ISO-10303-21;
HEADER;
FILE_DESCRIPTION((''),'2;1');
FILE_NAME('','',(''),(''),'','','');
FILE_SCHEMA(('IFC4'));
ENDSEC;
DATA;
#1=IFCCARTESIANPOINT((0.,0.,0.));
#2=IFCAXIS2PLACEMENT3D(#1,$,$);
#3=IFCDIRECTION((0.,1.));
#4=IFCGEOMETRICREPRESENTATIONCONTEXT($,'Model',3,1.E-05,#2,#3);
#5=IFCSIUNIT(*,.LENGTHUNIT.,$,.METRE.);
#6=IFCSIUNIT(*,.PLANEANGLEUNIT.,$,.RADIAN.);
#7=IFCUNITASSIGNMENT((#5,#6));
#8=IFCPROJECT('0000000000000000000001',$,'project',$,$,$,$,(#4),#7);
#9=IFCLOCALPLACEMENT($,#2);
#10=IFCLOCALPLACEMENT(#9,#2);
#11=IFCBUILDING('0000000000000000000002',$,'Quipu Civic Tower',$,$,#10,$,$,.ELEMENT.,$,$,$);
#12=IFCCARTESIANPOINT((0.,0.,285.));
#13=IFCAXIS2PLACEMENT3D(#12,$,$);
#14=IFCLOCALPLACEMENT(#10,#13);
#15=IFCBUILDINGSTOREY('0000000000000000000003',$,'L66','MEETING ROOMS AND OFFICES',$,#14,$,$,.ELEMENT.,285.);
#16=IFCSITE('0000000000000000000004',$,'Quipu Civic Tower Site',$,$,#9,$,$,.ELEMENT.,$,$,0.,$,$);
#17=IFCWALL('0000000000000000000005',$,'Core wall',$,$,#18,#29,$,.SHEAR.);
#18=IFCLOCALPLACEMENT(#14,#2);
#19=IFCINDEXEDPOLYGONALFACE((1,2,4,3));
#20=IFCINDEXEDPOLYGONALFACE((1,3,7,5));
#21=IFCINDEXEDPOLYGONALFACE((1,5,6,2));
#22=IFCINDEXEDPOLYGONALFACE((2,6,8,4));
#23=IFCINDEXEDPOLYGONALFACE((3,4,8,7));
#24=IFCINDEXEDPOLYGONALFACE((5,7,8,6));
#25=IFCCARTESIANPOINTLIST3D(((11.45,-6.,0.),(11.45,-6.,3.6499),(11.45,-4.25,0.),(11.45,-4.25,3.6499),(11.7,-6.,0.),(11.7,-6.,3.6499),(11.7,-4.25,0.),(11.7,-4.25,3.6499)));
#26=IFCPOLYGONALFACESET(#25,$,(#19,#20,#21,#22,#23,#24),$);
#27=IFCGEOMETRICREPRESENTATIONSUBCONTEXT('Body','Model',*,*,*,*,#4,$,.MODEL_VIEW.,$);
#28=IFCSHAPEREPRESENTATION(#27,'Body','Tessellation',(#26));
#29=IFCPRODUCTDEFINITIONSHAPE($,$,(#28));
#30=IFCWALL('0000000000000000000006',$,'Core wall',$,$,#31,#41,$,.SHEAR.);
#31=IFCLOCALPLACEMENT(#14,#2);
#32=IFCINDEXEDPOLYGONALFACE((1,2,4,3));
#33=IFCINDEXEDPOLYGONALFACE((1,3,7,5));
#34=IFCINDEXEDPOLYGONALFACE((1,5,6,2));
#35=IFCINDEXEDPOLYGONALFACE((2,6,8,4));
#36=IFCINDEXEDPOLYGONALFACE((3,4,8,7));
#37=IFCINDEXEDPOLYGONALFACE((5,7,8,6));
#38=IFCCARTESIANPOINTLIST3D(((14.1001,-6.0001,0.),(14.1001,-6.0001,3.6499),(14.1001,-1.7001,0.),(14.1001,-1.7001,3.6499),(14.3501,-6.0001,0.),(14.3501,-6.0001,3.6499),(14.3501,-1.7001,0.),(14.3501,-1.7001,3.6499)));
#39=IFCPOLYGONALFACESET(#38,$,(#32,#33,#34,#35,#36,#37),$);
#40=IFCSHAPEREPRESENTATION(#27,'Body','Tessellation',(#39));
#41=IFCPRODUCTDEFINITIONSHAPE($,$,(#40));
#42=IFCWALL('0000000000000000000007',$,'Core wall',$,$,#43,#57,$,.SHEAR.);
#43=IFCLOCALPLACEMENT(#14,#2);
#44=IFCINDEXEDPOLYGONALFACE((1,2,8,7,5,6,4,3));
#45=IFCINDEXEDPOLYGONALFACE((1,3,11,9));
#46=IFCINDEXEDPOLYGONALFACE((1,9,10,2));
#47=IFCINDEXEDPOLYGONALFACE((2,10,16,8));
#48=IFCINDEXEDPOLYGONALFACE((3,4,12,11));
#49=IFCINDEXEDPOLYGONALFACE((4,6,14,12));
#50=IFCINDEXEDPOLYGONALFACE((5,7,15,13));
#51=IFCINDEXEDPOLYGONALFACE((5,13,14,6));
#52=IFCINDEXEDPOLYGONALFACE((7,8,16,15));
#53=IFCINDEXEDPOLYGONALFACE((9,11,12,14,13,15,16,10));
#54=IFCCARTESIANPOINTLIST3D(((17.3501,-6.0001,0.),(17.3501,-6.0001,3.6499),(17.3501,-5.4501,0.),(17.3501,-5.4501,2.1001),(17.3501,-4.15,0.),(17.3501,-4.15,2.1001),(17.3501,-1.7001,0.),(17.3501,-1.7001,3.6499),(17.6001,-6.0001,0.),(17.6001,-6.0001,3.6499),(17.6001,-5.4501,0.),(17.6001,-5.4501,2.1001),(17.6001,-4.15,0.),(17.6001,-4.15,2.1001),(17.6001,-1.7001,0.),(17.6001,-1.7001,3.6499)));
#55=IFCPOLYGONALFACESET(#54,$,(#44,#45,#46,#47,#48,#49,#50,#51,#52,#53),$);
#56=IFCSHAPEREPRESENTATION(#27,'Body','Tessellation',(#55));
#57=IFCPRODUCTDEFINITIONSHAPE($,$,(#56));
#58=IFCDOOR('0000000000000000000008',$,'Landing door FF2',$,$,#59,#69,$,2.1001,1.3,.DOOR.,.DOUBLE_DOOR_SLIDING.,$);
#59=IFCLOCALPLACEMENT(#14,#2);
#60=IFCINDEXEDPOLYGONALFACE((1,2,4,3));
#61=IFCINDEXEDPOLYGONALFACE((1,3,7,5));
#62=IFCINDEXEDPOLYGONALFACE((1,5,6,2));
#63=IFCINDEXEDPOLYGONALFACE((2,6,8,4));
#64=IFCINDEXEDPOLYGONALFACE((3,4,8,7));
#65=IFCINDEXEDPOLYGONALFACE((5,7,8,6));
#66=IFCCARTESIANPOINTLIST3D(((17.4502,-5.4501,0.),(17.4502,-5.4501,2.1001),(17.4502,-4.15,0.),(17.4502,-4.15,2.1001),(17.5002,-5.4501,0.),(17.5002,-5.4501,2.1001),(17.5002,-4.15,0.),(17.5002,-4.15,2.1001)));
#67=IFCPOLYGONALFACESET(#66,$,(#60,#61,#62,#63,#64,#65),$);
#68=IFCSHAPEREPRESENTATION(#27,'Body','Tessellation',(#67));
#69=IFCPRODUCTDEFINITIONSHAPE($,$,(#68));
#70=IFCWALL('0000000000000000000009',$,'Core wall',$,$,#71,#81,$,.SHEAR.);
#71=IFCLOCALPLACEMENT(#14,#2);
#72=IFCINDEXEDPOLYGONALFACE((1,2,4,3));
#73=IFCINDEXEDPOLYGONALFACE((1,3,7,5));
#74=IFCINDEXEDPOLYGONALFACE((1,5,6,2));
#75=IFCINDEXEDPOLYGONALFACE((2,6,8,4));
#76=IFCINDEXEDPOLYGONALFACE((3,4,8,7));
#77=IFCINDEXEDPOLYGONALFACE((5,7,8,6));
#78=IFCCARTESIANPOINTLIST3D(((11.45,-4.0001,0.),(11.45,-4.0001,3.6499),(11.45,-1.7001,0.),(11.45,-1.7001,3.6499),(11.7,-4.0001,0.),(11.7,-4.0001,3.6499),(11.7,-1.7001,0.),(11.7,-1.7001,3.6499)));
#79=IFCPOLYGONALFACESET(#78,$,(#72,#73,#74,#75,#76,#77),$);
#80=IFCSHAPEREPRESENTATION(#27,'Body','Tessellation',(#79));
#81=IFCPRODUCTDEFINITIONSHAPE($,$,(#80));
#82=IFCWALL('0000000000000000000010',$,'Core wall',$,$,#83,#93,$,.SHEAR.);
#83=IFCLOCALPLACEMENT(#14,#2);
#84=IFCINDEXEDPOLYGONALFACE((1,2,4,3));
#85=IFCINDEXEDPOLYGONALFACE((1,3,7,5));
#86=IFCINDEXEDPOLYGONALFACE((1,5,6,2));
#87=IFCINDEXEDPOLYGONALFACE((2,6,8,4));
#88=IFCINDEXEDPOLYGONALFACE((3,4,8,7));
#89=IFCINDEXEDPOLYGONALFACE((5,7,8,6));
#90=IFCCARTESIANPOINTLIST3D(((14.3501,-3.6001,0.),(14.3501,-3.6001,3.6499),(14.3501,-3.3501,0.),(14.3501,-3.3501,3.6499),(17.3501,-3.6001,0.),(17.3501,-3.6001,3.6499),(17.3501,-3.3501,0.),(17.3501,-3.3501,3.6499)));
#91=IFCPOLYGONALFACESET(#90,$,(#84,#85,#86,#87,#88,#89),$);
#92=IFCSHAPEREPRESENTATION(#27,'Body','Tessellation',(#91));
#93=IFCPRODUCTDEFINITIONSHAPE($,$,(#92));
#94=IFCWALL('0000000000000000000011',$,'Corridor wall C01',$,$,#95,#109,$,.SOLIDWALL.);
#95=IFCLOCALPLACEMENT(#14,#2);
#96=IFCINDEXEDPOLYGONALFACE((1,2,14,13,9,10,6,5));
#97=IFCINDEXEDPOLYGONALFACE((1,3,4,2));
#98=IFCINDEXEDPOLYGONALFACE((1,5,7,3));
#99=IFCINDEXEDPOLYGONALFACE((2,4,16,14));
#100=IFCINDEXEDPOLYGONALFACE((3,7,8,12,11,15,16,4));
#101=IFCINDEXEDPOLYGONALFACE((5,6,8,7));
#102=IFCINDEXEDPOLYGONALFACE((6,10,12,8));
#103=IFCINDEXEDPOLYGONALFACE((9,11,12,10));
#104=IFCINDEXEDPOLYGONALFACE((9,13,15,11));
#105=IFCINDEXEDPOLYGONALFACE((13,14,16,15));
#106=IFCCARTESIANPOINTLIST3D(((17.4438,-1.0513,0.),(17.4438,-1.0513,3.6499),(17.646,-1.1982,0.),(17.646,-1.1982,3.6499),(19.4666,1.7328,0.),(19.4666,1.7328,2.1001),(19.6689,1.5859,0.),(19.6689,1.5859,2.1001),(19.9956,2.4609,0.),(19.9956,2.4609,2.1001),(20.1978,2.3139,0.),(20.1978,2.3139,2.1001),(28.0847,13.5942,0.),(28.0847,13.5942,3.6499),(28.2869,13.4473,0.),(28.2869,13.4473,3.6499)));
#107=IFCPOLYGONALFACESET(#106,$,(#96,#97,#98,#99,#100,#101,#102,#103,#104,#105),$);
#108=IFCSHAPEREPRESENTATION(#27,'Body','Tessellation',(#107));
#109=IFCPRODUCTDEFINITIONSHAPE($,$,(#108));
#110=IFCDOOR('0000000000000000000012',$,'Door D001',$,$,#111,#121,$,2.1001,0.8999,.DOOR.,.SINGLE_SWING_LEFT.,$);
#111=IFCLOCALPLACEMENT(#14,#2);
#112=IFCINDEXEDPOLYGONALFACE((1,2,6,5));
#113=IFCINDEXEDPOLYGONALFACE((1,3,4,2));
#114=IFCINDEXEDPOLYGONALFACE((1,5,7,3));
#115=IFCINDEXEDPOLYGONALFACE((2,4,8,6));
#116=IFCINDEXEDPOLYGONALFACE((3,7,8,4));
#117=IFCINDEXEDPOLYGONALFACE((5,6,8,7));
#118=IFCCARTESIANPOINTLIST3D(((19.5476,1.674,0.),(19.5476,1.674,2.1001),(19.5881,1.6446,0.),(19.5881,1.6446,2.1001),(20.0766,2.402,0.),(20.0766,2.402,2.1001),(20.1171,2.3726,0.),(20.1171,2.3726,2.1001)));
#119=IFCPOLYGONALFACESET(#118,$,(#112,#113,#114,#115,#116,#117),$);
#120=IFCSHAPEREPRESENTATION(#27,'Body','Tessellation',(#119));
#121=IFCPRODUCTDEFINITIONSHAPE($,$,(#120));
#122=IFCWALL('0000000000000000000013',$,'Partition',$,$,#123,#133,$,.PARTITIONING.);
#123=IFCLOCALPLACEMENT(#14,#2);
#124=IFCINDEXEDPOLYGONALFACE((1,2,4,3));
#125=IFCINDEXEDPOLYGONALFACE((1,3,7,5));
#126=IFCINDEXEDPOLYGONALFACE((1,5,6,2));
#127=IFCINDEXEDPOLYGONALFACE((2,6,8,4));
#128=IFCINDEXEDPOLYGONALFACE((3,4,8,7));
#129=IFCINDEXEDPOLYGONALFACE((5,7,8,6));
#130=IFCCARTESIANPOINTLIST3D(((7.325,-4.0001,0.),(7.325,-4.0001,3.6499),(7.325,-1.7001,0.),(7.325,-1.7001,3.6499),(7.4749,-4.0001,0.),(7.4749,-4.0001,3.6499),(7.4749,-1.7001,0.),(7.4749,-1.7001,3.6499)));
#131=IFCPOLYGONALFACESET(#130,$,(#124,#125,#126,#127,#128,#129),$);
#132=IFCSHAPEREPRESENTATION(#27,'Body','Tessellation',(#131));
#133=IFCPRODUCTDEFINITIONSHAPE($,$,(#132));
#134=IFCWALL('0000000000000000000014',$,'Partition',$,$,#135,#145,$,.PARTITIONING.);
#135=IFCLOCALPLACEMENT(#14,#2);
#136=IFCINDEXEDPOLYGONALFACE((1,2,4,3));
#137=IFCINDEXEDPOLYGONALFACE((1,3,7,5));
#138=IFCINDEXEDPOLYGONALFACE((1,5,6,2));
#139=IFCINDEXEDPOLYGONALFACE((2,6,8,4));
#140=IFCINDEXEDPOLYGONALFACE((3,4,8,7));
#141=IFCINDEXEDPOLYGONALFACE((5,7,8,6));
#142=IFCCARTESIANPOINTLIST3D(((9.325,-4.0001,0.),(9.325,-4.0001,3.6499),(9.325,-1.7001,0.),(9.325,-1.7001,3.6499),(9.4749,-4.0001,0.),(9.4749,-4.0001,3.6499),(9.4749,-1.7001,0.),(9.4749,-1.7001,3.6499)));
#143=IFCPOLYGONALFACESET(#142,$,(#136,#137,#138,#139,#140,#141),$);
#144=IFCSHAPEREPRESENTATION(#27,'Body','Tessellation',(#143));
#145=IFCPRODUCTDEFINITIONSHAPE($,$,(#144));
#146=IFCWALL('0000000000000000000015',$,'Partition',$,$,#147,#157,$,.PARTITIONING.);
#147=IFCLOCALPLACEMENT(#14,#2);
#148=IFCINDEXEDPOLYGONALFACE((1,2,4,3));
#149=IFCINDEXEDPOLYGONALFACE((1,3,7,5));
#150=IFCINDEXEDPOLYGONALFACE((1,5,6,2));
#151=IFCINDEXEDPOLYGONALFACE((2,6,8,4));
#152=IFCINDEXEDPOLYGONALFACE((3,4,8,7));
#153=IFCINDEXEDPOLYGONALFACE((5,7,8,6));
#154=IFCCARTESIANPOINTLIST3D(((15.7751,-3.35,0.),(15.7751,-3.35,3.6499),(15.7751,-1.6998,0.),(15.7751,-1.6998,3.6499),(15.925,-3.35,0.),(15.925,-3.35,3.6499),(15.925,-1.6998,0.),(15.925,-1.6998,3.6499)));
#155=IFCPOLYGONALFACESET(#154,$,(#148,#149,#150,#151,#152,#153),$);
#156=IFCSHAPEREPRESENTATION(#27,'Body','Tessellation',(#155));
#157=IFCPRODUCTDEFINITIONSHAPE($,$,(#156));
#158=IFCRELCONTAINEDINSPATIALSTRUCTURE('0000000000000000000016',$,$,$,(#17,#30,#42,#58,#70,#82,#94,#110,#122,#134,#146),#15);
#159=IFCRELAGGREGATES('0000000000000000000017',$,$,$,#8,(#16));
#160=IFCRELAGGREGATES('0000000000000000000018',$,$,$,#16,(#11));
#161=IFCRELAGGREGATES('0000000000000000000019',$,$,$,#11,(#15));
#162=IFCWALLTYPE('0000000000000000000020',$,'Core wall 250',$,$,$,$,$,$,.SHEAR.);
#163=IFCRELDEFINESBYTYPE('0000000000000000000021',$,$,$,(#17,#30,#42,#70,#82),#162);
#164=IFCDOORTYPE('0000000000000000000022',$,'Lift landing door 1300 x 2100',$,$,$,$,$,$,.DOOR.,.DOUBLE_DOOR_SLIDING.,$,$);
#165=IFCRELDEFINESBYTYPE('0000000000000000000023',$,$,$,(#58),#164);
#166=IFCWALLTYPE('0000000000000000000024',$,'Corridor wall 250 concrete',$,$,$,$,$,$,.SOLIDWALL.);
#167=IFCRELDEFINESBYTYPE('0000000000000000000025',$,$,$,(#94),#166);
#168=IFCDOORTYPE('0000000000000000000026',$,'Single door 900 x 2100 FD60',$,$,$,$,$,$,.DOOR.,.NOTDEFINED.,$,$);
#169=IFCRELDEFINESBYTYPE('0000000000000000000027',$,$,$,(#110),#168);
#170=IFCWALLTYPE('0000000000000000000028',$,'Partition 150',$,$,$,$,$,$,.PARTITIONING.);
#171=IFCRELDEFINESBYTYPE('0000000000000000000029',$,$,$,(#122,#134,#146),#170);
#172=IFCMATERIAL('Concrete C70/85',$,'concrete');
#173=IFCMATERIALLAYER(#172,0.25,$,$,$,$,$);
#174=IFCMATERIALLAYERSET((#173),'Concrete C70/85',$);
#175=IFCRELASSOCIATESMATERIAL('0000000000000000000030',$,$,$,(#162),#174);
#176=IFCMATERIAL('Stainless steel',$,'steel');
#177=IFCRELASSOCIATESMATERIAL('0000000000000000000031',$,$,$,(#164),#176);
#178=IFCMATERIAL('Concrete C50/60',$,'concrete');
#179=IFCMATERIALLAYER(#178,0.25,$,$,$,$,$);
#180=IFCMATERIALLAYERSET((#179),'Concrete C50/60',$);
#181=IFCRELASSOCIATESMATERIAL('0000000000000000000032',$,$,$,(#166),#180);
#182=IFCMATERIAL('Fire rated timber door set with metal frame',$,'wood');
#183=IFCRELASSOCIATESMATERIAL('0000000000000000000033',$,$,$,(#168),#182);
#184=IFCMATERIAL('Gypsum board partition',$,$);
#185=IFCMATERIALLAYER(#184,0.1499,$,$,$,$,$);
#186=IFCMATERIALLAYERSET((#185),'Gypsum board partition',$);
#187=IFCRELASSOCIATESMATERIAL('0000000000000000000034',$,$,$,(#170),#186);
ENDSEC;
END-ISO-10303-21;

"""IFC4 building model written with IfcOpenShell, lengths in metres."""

from ifc_helpers import new_model, si_unit, direction, frame, frame_2d, origin, place, context, subcontext, project, spatial, rectangle, extrude, material, layer, layer_set, type_object, element, fill, save


model = new_model("IFC4")

# Units and contexts
model_context = context("Model", 3, precision=1e-05, world=origin(), true_north=direction((0.0, 1.0)))
body_context = subcontext(model_context, "Body", "Model", "MODEL_VIEW")
ifc_project = project(units=[si_unit("LENGTHUNIT", "METRE"), si_unit("PLANEANGLEUNIT", "RADIAN")], contexts=[model_context])

# Site, building, storey
site_placement = place(None, origin())
site = spatial("IfcSite", under=ifc_project, at=site_placement, Name="Quipu Civic Tower Site", CompositionType="ELEMENT", RefElevation=0.0)
building_placement = place(site_placement, origin())
building = spatial("IfcBuilding", under=site, at=building_placement, Name="Quipu Civic Tower", CompositionType="ELEMENT")
storey_placement = place(building_placement, frame((0.0, 0.0, 285.0)))
storey = spatial("IfcBuildingStorey", under=building, at=storey_placement, Name="L66", Description="MEETING ROOMS AND OFFICES", CompositionType="ELEMENT", Elevation=285.0)

# Walls
ifc_material_1 = material(Name="Concrete C70/85", Category="concrete")
ifc_layer_1 = layer(ifc_material_1, 0.25)
ifc_layer_set_1 = layer_set([ifc_layer_1], Name="Concrete C70/85")
wall_type_1 = type_object("IfcWallType", Name="Core wall 250", PredefinedType="SHEAR", material=ifc_layer_set_1)
wall_1_placement = place(storey_placement, frame((11.575, -6.0, 0.0), z_axis=(0.0, 0.0, 1.0), x_axis=(0.0, 1.0, 0.0)))
element("IfcWall", 1, at=wall_1_placement, inside=storey, type_object=wall_type_1, Name="Core wall", PredefinedType="SHEAR", context=body_context, shape_type="SweptSolid", body=[
    extrude(rectangle(XDim=1.75, YDim=0.25, at=frame_2d((0.875, 0.0))), origin(), (0.0, 0.0, 1.0), 3.6499),
])
wall_2_placement = place(storey_placement, frame((14.2251, -6.0, 0.0), z_axis=(0.0, 0.0, 1.0), x_axis=(0.0, 1.0, 0.0)))
element("IfcWall", 2, at=wall_2_placement, inside=storey, type_object=wall_type_1, Name="Core wall", PredefinedType="SHEAR", context=body_context, shape_type="SweptSolid", body=[
    extrude(rectangle(XDim=4.3, YDim=0.25, at=frame_2d((2.1499, 0.0))), origin(), (0.0, 0.0, 1.0), 3.6499),
])

# Wall, opening, door
wall_3_placement = place(storey_placement, frame((17.4751, -6.0, 0.0), z_axis=(0.0, 0.0, 1.0), x_axis=(0.0, 1.0, 0.0)))
wall_3 = element("IfcWall", 3, at=wall_3_placement, inside=storey, type_object=wall_type_1, Name="Core wall", PredefinedType="SHEAR", context=body_context, shape_type="SweptSolid", body=[
    extrude(rectangle(XDim=4.3, YDim=0.25, at=frame_2d((2.1499, 0.0))), origin(), (0.0, 0.0, 1.0), 3.6499),
])
opening_1_placement = place(wall_3_placement, frame((0.55, 0.0, 0.0)))
opening_1 = element("IfcOpeningElement", 4, at=opening_1_placement, cuts=wall_3, PredefinedType="OPENING", context=body_context, shape_type="SweptSolid", body=[
    extrude(rectangle(XDim=1.3, YDim=2.1001, at=frame_2d((0.6499, 1.05))), frame((0.0, 0.135, 0.0), z_axis=(0.0, -1.0, 0.0), x_axis=(1.0, 0.0, 0.0)), (0.0, 0.0, 1.0), 0.27),
])
ifc_material_2 = material(Name="Stainless steel", Category="steel")
door_type_1 = type_object("IfcDoorType", Name="Lift landing door 1300 x 2100", OperationType="DOUBLE_DOOR_SLIDING", PredefinedType="DOOR", material=ifc_material_2)
door_1_placement = place(opening_1_placement, origin())
door_1 = element("IfcDoor", 5, at=door_1_placement, inside=storey, type_object=door_type_1, Name="Landing door FF2", OperationType="DOUBLE_DOOR_SLIDING", OverallHeight=2.1001, OverallWidth=1.3, PredefinedType="DOOR", context=body_context, shape_type="SweptSolid", body=[
    extrude(rectangle(XDim=1.3, YDim=2.1001, at=frame_2d((0.6499, 1.05))), frame((0.0, 0.0249, 0.0), z_axis=(0.0, -1.0, 0.0), x_axis=(1.0, 0.0, 0.0)), (0.0, 0.0, 1.0), 0.05),
])
fill(opening_1, door_1)

# Walls
wall_4_placement = place(storey_placement, frame((11.575, -4.0, 0.0), z_axis=(0.0, 0.0, 1.0), x_axis=(0.0, 1.0, 0.0)))
element("IfcWall", 6, at=wall_4_placement, inside=storey, type_object=wall_type_1, Name="Core wall", PredefinedType="SHEAR", context=body_context, shape_type="SweptSolid", body=[
    extrude(rectangle(XDim=2.3, YDim=0.25, at=frame_2d((1.1499, 0.0))), origin(), (0.0, 0.0, 1.0), 3.6499),
])
wall_5_placement = place(storey_placement, frame((14.3501, -3.4751, 0.0), z_axis=(0.0, 0.0, 1.0), x_axis=(1.0, 0.0, 0.0)))
element("IfcWall", 7, at=wall_5_placement, inside=storey, type_object=wall_type_1, Name="Core wall", PredefinedType="SHEAR", context=body_context, shape_type="SweptSolid", body=[
    extrude(rectangle(XDim=3.0, YDim=0.25, at=frame_2d((1.5, 0.0))), origin(), (0.0, 0.0, 1.0), 3.6499),
])

# Wall, opening, door
ifc_material_3 = material(Name="Concrete C50/60", Category="concrete")
ifc_layer_2 = layer(ifc_material_3, 0.25)
ifc_layer_set_2 = layer_set([ifc_layer_2], Name="Concrete C50/60")
wall_type_2 = type_object("IfcWallType", Name="Corridor wall 250 concrete", PredefinedType="SOLIDWALL", material=ifc_layer_set_2)
wall_6_placement = place(storey_placement, frame((17.5449, -1.1248, 0.0), z_axis=(0.0, 0.0, 1.0), x_axis=(0.587796, 0.80901, 0.0)))
wall_6 = element("IfcWall", 8, at=wall_6_placement, inside=storey, type_object=wall_type_2, Name="Corridor wall C01", PredefinedType="SOLIDWALL", context=body_context, shape_type="SweptSolid", body=[
    extrude(rectangle(XDim=18.103, YDim=0.25, at=frame_2d((9.0515, 0.0))), origin(), (0.0, 0.0, 1.0), 3.6499),
])
opening_2_placement = place(wall_6_placement, frame((3.4414, 0.0, 0.0)))
opening_2 = element("IfcOpeningElement", 9, at=opening_2_placement, cuts=wall_6, PredefinedType="OPENING", context=body_context, shape_type="SweptSolid", body=[
    extrude(rectangle(XDim=0.8999, YDim=2.1001, at=frame_2d((0.45, 1.05))), frame((0.0, 0.135, 0.0), z_axis=(0.0, -1.0, 0.0), x_axis=(1.0, 0.0, 0.0)), (0.0, 0.0, 1.0), 0.27),
])
ifc_material_4 = material(Name="Fire rated timber door set with metal frame", Category="wood")
door_type_2 = type_object("IfcDoorType", Name="Single door 900 x 2100 FD60", OperationType="NOTDEFINED", PredefinedType="DOOR", material=ifc_material_4)
door_2_placement = place(opening_2_placement, origin())
door_2 = element("IfcDoor", 10, at=door_2_placement, inside=storey, type_object=door_type_2, Name="Door D001", OperationType="SINGLE_SWING_LEFT", OverallHeight=2.1001, OverallWidth=0.8999, PredefinedType="DOOR", context=body_context, shape_type="SweptSolid", body=[
    extrude(rectangle(XDim=0.8999, YDim=2.1001, at=frame_2d((0.45, 1.05))), frame((0.0, 0.0249, 0.0), z_axis=(0.0, -1.0, 0.0), x_axis=(1.0, 0.0, 0.0)), (0.0, 0.0, 1.0), 0.05),
])
fill(opening_2, door_2)

# Walls
ifc_material_5 = material(Name="Gypsum board partition")
ifc_layer_3 = layer(ifc_material_5, 0.1499)
ifc_layer_set_3 = layer_set([ifc_layer_3], Name="Gypsum board partition")
wall_type_3 = type_object("IfcWallType", Name="Partition 150", PredefinedType="PARTITIONING", material=ifc_layer_set_3)
for number, where, z_axis, x_axis, name in (
    (11, (7.3999, -4.0, 0.0), (0.0, 0.0, 1.0), (0.0, 1.0, 0.0), "Partition"),
    (12, (9.3999, -4.0, 0.0), (0.0, 0.0, 1.0), (0.0, 1.0, 0.0), "Partition"),
):
    element("IfcWall", number, at=place(storey_placement, frame(where, z_axis=z_axis, x_axis=x_axis)), inside=storey, type_object=wall_type_3, Name=name, PredefinedType="PARTITIONING", context=body_context, shape_type="SweptSolid", body=[
        extrude(rectangle(XDim=2.3, YDim=0.1499, at=frame_2d((1.1499, 0.0))), origin(), (0.0, 0.0, 1.0), 3.6499),
    ])
wall_7_placement = place(storey_placement, frame((15.8501, -3.3501, 0.0), z_axis=(0.0, 0.0, 1.0), x_axis=(0.0, 1.0, 0.0)))
element("IfcWall", 13, at=wall_7_placement, inside=storey, type_object=wall_type_3, Name="Partition", PredefinedType="PARTITIONING", context=body_context, shape_type="SweptSolid", body=[
    extrude(rectangle(XDim=1.6501, YDim=0.1499, at=frame_2d((0.8252, 0.0))), origin(), (0.0, 0.0, 1.0), 3.6499),
])

save(model, "model.ifc")
